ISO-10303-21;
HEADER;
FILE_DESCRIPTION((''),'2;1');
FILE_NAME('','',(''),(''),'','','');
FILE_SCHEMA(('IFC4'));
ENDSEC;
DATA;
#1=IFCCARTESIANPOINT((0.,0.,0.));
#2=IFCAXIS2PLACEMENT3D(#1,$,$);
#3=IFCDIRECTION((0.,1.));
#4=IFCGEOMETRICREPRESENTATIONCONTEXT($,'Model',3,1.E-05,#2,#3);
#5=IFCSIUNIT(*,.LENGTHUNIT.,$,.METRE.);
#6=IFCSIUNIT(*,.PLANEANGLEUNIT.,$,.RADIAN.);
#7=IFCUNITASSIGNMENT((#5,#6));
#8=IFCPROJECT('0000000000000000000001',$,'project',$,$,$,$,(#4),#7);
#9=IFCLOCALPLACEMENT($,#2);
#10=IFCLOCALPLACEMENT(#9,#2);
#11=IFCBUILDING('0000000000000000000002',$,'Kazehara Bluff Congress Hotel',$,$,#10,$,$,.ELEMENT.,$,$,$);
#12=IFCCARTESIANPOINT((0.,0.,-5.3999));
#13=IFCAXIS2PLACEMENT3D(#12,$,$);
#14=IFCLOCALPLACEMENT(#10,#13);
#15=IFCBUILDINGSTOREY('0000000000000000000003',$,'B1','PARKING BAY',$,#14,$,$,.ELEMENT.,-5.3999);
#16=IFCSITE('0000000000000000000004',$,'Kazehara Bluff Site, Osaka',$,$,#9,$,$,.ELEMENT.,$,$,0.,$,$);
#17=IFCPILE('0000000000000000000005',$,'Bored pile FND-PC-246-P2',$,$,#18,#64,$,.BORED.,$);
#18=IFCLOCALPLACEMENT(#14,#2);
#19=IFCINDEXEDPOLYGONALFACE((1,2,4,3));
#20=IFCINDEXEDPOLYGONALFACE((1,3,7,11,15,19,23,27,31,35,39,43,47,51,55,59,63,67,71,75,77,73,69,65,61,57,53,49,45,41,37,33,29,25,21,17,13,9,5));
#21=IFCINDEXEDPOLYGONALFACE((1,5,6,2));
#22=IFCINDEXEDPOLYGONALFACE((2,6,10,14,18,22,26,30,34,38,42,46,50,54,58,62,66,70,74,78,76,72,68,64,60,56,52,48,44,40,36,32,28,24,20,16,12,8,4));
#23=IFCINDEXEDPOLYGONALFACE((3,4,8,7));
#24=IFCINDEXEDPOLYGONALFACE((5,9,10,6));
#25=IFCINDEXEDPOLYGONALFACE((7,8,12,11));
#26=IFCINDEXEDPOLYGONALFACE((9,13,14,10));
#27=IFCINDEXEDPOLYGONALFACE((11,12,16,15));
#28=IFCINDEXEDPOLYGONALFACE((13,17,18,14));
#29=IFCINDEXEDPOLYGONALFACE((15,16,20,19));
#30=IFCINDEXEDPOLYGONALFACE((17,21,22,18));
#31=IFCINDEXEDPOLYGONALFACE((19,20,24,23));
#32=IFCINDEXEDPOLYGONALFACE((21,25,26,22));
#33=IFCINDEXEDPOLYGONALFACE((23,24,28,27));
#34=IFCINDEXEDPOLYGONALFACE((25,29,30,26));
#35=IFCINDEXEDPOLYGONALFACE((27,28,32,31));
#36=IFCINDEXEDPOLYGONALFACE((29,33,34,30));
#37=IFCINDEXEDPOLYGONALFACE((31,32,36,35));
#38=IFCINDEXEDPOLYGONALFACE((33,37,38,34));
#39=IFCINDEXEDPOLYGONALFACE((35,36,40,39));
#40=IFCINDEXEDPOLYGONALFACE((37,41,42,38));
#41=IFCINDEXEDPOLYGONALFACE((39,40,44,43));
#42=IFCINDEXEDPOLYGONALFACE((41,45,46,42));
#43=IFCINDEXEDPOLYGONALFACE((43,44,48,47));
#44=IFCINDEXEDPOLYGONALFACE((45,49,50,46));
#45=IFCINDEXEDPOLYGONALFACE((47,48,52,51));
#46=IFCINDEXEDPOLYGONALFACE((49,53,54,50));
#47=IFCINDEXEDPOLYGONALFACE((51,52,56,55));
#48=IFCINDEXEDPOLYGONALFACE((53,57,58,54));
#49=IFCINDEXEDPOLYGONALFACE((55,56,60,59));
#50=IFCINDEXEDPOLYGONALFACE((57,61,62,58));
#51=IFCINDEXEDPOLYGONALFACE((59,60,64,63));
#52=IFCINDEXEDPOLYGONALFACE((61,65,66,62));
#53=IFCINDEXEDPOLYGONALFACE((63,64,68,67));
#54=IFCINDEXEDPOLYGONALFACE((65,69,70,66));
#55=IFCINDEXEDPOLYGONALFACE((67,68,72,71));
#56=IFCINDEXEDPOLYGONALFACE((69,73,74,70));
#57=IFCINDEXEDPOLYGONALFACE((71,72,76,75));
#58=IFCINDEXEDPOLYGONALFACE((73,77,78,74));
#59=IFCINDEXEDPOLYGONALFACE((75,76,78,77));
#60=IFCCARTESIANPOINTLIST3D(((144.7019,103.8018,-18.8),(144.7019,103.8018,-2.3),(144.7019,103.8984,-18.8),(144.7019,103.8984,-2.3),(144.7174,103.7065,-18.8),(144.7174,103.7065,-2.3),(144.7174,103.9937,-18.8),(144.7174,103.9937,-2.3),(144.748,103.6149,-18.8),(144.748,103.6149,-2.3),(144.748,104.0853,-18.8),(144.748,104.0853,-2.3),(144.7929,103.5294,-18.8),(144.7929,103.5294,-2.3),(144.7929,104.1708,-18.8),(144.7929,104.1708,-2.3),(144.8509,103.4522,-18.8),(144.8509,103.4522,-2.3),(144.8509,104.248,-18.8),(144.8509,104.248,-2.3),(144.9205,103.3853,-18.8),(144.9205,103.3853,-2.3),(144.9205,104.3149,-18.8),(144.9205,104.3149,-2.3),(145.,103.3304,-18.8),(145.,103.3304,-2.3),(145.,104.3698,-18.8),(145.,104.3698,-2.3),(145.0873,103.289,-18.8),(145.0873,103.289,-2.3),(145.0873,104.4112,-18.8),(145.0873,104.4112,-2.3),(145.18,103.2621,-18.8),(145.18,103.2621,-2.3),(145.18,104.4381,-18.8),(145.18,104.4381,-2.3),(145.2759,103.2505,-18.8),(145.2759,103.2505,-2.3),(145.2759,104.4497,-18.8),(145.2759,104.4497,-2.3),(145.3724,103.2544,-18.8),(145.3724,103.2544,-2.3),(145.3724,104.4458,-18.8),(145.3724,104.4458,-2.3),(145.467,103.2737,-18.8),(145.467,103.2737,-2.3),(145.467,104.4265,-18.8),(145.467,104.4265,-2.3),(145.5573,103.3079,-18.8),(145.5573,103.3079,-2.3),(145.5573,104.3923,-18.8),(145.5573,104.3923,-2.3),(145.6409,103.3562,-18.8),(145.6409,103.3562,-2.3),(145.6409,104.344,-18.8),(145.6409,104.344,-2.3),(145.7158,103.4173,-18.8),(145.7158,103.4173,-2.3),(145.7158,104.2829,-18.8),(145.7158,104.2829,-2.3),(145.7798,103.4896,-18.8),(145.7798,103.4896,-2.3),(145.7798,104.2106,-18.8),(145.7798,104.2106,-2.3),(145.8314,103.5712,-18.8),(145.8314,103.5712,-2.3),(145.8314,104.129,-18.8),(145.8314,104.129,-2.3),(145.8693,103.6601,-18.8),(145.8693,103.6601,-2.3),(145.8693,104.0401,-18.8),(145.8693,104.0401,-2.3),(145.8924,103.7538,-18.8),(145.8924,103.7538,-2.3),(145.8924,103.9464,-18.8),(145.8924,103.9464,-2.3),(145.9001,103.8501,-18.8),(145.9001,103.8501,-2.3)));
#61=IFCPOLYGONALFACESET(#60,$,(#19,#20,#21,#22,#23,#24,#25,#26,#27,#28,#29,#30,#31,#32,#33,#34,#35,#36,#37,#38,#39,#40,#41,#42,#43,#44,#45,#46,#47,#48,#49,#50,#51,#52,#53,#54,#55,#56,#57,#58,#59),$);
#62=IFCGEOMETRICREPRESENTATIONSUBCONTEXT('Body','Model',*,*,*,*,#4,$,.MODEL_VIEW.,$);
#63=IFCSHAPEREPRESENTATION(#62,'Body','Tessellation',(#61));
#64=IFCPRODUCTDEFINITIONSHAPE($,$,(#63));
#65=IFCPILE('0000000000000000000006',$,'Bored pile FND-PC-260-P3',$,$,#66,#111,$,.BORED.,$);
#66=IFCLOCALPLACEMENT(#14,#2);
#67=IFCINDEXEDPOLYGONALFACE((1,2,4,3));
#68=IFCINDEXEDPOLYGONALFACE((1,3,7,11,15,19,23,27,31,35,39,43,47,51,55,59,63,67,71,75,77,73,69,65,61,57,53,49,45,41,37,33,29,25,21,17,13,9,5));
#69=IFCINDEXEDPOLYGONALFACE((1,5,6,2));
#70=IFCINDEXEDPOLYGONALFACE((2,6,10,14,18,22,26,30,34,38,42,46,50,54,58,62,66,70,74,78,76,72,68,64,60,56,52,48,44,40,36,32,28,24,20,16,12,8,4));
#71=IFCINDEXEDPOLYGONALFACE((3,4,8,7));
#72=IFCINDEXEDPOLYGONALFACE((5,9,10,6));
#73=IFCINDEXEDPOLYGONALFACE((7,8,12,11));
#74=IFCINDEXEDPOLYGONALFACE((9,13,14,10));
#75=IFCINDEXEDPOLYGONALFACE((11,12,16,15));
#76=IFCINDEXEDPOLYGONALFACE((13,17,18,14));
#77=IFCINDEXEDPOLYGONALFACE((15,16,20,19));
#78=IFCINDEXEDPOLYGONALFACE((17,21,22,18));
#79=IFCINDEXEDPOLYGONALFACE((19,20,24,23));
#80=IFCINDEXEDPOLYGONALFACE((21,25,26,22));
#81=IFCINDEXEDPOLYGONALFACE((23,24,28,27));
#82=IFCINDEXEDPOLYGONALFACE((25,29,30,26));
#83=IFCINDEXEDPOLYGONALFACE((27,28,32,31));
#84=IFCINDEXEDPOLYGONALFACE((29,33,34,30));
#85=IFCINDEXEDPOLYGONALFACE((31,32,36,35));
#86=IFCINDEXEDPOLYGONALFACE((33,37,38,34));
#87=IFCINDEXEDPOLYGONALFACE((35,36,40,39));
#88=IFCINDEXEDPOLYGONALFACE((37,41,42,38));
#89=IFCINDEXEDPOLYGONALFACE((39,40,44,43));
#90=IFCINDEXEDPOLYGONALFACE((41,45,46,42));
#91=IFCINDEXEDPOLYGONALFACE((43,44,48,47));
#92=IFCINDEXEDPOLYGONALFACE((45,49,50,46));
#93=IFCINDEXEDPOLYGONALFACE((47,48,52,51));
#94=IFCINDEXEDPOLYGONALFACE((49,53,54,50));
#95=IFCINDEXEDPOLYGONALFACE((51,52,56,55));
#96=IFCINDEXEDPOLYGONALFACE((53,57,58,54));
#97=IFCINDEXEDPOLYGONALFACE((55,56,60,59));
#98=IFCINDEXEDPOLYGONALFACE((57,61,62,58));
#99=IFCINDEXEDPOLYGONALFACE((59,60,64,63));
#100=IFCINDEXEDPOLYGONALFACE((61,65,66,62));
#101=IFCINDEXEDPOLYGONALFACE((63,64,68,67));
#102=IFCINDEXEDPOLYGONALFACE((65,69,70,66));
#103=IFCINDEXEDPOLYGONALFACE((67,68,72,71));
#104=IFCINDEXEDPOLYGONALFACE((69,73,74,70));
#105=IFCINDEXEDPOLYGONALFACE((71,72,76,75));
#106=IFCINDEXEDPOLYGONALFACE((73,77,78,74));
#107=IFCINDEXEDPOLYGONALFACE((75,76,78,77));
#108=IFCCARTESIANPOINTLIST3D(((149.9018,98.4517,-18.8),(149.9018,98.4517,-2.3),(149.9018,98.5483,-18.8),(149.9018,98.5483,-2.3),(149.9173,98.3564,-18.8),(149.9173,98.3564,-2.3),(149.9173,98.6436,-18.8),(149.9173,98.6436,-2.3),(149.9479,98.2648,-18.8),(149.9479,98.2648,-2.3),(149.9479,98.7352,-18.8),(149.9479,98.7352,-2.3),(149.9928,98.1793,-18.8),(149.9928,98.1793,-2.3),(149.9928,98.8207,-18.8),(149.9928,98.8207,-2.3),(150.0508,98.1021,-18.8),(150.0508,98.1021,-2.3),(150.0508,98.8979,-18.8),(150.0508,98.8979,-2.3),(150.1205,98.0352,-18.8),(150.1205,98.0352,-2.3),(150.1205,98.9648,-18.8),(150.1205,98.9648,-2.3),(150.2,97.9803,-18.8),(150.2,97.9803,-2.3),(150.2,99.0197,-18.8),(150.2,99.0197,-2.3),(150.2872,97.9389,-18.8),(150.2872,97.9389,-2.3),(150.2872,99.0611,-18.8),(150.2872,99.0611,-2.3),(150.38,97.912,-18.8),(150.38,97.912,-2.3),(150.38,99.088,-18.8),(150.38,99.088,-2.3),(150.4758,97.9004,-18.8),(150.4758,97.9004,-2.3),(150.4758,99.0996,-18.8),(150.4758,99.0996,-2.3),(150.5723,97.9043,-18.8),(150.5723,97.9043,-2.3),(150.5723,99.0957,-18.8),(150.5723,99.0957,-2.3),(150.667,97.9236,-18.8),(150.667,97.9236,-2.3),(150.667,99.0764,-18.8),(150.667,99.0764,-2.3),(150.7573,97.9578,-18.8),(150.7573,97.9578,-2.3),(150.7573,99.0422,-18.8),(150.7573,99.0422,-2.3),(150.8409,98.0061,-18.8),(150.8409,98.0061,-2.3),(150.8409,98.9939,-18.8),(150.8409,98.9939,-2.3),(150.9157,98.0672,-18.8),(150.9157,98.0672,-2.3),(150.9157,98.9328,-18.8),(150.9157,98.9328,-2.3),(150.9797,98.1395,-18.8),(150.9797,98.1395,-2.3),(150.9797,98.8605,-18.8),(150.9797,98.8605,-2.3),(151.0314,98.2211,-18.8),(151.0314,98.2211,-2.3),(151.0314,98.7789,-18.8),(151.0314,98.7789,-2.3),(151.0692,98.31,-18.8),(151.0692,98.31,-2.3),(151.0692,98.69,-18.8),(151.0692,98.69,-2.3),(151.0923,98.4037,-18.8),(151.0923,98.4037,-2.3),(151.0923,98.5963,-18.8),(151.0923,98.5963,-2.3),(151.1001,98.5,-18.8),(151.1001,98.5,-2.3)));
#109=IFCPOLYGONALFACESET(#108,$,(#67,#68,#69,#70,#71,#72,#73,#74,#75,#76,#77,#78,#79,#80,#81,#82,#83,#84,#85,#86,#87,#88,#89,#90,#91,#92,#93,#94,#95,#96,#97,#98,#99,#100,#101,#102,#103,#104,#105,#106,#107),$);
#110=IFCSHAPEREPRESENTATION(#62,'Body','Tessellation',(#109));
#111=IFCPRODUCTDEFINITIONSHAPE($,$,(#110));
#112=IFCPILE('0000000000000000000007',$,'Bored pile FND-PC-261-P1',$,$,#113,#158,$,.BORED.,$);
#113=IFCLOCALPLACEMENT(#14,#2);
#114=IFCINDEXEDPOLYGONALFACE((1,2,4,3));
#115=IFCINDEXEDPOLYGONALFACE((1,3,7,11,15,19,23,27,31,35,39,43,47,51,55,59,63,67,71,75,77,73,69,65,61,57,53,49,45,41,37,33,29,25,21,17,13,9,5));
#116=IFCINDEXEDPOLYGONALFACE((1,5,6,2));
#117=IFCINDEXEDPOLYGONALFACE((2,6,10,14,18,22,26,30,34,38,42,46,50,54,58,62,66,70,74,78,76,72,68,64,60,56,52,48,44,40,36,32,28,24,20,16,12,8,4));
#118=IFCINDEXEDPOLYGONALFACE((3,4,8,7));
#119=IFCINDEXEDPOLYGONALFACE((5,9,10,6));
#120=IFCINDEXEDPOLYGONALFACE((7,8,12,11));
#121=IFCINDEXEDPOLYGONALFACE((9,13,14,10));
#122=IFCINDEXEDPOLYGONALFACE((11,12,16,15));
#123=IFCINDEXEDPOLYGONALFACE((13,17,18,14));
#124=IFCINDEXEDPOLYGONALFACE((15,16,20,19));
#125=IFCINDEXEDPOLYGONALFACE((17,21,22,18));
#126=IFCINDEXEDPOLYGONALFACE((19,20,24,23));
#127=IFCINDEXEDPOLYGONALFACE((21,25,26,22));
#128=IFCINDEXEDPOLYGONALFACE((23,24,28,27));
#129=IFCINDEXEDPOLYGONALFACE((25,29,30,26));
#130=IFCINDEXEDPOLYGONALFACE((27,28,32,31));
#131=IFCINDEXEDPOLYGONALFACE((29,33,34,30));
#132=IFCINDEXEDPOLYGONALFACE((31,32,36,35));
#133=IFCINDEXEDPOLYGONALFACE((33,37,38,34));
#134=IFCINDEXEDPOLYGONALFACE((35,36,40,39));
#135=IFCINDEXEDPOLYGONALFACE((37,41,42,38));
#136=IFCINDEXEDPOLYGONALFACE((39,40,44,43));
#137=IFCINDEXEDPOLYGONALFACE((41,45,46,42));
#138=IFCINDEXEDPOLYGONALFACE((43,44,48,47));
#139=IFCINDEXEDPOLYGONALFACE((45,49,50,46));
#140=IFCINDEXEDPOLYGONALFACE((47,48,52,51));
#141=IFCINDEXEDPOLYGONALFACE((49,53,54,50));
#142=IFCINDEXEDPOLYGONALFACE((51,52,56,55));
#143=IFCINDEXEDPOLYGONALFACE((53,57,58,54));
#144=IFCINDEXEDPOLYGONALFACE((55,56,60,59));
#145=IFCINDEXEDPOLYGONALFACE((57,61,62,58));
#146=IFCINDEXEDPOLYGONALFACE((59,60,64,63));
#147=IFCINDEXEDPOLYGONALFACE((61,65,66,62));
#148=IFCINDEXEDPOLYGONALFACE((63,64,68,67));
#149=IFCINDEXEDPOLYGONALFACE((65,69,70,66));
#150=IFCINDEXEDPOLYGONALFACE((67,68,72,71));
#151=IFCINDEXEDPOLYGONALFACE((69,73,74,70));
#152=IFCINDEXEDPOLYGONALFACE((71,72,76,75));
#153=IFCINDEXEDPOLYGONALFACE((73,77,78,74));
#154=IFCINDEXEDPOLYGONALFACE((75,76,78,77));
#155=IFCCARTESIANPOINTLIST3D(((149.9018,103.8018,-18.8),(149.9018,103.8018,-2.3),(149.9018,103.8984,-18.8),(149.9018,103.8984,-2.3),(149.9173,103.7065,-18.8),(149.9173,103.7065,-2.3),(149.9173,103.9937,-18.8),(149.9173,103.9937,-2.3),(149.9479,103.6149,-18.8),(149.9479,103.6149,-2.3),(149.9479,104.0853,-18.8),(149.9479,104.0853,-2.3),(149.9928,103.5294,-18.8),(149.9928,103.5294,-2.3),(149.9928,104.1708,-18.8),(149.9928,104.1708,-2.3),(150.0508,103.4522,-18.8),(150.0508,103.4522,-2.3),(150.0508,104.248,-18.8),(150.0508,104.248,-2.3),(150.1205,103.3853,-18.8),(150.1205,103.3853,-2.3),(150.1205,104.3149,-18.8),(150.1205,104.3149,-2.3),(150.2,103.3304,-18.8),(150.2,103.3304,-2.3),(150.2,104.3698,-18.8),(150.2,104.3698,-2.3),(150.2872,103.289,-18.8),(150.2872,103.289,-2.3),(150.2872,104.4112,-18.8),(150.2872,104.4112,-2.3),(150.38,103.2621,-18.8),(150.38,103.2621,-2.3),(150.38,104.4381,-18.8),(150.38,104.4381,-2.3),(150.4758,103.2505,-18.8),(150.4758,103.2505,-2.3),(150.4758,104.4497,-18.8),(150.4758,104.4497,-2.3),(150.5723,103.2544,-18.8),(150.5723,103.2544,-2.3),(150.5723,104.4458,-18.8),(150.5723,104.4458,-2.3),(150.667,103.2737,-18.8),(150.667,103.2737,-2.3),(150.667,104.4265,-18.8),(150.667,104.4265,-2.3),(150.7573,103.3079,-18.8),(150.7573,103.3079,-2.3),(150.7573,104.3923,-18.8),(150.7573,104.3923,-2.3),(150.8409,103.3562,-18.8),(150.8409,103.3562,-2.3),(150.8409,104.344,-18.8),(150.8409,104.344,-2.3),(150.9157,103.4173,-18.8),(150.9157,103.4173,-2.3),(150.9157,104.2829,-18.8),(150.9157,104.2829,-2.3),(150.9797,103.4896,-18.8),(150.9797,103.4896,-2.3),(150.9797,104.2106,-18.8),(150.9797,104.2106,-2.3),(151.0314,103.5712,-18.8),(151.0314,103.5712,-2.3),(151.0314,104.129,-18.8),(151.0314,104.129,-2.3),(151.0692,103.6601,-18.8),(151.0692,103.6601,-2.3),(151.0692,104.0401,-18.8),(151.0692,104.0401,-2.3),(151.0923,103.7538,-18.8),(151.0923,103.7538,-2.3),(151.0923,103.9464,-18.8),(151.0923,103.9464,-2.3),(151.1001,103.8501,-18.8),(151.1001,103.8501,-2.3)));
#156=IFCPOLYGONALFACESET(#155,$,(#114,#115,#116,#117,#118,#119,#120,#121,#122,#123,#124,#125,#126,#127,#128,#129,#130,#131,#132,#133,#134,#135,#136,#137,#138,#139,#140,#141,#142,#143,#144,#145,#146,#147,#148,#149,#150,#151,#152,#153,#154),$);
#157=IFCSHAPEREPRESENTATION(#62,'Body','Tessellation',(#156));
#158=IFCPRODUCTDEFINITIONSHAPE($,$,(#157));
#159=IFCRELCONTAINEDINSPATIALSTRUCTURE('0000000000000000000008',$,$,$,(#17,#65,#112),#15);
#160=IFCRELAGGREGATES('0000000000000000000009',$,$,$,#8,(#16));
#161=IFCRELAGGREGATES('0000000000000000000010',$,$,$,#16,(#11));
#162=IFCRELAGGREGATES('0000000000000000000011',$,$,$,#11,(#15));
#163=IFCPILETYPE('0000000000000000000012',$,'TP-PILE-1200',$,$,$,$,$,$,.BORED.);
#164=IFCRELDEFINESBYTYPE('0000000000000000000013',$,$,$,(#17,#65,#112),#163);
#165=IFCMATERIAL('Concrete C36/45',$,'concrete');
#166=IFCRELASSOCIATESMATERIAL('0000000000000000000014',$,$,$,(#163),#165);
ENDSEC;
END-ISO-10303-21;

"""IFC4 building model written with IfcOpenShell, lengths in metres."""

from ifc_helpers import new_model, si_unit, direction, frame, origin, origin_2d, place, context, subcontext, project, spatial, circle, extrude, material, material_profile, profile_set, type_object, element, save


model = new_model("IFC4")

# Units and contexts
model_context = context("Model", 3, precision=1e-05, world=origin(), true_north=direction((0.0, 1.0)))
body_context = subcontext(model_context, "Body", "Model", "MODEL_VIEW")
ifc_project = project(units=[si_unit("LENGTHUNIT", "METRE"), si_unit("PLANEANGLEUNIT", "RADIAN")], contexts=[model_context])

# Site, building, storey
site_placement = place(None, origin())
site = spatial("IfcSite", under=ifc_project, at=site_placement, Name="Kazehara Bluff Site, Osaka", CompositionType="ELEMENT", RefElevation=0.0)
building_placement = place(site_placement, origin())
building = spatial("IfcBuilding", under=site, at=building_placement, Name="Kazehara Bluff Congress Hotel", CompositionType="ELEMENT")
storey_placement = place(building_placement, frame((0.0, 0.0, -5.3999)))
storey = spatial("IfcBuildingStorey", under=building, at=storey_placement, Name="B1", Description="PARKING BAY", CompositionType="ELEMENT", Elevation=-5.3999)

# Piles
ifc_material_1 = material(Name="Concrete C36/45", Category="concrete")
ifc_material_profile_1 = material_profile(ifc_material_1, circle(Radius=0.6001, at=origin_2d()))
ifc_profile_set_1 = profile_set([ifc_material_profile_1], Name="Concrete C36/45")
pile_type = type_object("IfcPileType", Name="TP-PILE-1200", PredefinedType="BORED", material=ifc_profile_set_1)
for number, where, z_axis, x_axis, name in (
    (1, (145.3, 103.8501, -2.3), (0.0, 0.0, -1.0), (1.0, 0.0, 0.0), "Bored pile FND-PC-246-P2"),
    (2, (150.5, 98.5, -2.3), (0.0, 0.0, -1.0), (1.0, 0.0, 0.0), "Bored pile FND-PC-260-P3"),
    (3, (150.5, 103.8501, -2.3), (0.0, 0.0, -1.0), (1.0, 0.0, 0.0), "Bored pile FND-PC-261-P1"),
):
    element("IfcPile", number, at=place(storey_placement, frame(where, z_axis=z_axis, x_axis=x_axis)), inside=storey, type_object=pile_type, Name=name, PredefinedType="BORED", context=body_context, shape_type="SweptSolid", body=[
        extrude(circle(Radius=0.6001, at=origin_2d()), origin(), (0.0, 0.0, 1.0), 16.5),
    ])

save(model, "model.ifc")
